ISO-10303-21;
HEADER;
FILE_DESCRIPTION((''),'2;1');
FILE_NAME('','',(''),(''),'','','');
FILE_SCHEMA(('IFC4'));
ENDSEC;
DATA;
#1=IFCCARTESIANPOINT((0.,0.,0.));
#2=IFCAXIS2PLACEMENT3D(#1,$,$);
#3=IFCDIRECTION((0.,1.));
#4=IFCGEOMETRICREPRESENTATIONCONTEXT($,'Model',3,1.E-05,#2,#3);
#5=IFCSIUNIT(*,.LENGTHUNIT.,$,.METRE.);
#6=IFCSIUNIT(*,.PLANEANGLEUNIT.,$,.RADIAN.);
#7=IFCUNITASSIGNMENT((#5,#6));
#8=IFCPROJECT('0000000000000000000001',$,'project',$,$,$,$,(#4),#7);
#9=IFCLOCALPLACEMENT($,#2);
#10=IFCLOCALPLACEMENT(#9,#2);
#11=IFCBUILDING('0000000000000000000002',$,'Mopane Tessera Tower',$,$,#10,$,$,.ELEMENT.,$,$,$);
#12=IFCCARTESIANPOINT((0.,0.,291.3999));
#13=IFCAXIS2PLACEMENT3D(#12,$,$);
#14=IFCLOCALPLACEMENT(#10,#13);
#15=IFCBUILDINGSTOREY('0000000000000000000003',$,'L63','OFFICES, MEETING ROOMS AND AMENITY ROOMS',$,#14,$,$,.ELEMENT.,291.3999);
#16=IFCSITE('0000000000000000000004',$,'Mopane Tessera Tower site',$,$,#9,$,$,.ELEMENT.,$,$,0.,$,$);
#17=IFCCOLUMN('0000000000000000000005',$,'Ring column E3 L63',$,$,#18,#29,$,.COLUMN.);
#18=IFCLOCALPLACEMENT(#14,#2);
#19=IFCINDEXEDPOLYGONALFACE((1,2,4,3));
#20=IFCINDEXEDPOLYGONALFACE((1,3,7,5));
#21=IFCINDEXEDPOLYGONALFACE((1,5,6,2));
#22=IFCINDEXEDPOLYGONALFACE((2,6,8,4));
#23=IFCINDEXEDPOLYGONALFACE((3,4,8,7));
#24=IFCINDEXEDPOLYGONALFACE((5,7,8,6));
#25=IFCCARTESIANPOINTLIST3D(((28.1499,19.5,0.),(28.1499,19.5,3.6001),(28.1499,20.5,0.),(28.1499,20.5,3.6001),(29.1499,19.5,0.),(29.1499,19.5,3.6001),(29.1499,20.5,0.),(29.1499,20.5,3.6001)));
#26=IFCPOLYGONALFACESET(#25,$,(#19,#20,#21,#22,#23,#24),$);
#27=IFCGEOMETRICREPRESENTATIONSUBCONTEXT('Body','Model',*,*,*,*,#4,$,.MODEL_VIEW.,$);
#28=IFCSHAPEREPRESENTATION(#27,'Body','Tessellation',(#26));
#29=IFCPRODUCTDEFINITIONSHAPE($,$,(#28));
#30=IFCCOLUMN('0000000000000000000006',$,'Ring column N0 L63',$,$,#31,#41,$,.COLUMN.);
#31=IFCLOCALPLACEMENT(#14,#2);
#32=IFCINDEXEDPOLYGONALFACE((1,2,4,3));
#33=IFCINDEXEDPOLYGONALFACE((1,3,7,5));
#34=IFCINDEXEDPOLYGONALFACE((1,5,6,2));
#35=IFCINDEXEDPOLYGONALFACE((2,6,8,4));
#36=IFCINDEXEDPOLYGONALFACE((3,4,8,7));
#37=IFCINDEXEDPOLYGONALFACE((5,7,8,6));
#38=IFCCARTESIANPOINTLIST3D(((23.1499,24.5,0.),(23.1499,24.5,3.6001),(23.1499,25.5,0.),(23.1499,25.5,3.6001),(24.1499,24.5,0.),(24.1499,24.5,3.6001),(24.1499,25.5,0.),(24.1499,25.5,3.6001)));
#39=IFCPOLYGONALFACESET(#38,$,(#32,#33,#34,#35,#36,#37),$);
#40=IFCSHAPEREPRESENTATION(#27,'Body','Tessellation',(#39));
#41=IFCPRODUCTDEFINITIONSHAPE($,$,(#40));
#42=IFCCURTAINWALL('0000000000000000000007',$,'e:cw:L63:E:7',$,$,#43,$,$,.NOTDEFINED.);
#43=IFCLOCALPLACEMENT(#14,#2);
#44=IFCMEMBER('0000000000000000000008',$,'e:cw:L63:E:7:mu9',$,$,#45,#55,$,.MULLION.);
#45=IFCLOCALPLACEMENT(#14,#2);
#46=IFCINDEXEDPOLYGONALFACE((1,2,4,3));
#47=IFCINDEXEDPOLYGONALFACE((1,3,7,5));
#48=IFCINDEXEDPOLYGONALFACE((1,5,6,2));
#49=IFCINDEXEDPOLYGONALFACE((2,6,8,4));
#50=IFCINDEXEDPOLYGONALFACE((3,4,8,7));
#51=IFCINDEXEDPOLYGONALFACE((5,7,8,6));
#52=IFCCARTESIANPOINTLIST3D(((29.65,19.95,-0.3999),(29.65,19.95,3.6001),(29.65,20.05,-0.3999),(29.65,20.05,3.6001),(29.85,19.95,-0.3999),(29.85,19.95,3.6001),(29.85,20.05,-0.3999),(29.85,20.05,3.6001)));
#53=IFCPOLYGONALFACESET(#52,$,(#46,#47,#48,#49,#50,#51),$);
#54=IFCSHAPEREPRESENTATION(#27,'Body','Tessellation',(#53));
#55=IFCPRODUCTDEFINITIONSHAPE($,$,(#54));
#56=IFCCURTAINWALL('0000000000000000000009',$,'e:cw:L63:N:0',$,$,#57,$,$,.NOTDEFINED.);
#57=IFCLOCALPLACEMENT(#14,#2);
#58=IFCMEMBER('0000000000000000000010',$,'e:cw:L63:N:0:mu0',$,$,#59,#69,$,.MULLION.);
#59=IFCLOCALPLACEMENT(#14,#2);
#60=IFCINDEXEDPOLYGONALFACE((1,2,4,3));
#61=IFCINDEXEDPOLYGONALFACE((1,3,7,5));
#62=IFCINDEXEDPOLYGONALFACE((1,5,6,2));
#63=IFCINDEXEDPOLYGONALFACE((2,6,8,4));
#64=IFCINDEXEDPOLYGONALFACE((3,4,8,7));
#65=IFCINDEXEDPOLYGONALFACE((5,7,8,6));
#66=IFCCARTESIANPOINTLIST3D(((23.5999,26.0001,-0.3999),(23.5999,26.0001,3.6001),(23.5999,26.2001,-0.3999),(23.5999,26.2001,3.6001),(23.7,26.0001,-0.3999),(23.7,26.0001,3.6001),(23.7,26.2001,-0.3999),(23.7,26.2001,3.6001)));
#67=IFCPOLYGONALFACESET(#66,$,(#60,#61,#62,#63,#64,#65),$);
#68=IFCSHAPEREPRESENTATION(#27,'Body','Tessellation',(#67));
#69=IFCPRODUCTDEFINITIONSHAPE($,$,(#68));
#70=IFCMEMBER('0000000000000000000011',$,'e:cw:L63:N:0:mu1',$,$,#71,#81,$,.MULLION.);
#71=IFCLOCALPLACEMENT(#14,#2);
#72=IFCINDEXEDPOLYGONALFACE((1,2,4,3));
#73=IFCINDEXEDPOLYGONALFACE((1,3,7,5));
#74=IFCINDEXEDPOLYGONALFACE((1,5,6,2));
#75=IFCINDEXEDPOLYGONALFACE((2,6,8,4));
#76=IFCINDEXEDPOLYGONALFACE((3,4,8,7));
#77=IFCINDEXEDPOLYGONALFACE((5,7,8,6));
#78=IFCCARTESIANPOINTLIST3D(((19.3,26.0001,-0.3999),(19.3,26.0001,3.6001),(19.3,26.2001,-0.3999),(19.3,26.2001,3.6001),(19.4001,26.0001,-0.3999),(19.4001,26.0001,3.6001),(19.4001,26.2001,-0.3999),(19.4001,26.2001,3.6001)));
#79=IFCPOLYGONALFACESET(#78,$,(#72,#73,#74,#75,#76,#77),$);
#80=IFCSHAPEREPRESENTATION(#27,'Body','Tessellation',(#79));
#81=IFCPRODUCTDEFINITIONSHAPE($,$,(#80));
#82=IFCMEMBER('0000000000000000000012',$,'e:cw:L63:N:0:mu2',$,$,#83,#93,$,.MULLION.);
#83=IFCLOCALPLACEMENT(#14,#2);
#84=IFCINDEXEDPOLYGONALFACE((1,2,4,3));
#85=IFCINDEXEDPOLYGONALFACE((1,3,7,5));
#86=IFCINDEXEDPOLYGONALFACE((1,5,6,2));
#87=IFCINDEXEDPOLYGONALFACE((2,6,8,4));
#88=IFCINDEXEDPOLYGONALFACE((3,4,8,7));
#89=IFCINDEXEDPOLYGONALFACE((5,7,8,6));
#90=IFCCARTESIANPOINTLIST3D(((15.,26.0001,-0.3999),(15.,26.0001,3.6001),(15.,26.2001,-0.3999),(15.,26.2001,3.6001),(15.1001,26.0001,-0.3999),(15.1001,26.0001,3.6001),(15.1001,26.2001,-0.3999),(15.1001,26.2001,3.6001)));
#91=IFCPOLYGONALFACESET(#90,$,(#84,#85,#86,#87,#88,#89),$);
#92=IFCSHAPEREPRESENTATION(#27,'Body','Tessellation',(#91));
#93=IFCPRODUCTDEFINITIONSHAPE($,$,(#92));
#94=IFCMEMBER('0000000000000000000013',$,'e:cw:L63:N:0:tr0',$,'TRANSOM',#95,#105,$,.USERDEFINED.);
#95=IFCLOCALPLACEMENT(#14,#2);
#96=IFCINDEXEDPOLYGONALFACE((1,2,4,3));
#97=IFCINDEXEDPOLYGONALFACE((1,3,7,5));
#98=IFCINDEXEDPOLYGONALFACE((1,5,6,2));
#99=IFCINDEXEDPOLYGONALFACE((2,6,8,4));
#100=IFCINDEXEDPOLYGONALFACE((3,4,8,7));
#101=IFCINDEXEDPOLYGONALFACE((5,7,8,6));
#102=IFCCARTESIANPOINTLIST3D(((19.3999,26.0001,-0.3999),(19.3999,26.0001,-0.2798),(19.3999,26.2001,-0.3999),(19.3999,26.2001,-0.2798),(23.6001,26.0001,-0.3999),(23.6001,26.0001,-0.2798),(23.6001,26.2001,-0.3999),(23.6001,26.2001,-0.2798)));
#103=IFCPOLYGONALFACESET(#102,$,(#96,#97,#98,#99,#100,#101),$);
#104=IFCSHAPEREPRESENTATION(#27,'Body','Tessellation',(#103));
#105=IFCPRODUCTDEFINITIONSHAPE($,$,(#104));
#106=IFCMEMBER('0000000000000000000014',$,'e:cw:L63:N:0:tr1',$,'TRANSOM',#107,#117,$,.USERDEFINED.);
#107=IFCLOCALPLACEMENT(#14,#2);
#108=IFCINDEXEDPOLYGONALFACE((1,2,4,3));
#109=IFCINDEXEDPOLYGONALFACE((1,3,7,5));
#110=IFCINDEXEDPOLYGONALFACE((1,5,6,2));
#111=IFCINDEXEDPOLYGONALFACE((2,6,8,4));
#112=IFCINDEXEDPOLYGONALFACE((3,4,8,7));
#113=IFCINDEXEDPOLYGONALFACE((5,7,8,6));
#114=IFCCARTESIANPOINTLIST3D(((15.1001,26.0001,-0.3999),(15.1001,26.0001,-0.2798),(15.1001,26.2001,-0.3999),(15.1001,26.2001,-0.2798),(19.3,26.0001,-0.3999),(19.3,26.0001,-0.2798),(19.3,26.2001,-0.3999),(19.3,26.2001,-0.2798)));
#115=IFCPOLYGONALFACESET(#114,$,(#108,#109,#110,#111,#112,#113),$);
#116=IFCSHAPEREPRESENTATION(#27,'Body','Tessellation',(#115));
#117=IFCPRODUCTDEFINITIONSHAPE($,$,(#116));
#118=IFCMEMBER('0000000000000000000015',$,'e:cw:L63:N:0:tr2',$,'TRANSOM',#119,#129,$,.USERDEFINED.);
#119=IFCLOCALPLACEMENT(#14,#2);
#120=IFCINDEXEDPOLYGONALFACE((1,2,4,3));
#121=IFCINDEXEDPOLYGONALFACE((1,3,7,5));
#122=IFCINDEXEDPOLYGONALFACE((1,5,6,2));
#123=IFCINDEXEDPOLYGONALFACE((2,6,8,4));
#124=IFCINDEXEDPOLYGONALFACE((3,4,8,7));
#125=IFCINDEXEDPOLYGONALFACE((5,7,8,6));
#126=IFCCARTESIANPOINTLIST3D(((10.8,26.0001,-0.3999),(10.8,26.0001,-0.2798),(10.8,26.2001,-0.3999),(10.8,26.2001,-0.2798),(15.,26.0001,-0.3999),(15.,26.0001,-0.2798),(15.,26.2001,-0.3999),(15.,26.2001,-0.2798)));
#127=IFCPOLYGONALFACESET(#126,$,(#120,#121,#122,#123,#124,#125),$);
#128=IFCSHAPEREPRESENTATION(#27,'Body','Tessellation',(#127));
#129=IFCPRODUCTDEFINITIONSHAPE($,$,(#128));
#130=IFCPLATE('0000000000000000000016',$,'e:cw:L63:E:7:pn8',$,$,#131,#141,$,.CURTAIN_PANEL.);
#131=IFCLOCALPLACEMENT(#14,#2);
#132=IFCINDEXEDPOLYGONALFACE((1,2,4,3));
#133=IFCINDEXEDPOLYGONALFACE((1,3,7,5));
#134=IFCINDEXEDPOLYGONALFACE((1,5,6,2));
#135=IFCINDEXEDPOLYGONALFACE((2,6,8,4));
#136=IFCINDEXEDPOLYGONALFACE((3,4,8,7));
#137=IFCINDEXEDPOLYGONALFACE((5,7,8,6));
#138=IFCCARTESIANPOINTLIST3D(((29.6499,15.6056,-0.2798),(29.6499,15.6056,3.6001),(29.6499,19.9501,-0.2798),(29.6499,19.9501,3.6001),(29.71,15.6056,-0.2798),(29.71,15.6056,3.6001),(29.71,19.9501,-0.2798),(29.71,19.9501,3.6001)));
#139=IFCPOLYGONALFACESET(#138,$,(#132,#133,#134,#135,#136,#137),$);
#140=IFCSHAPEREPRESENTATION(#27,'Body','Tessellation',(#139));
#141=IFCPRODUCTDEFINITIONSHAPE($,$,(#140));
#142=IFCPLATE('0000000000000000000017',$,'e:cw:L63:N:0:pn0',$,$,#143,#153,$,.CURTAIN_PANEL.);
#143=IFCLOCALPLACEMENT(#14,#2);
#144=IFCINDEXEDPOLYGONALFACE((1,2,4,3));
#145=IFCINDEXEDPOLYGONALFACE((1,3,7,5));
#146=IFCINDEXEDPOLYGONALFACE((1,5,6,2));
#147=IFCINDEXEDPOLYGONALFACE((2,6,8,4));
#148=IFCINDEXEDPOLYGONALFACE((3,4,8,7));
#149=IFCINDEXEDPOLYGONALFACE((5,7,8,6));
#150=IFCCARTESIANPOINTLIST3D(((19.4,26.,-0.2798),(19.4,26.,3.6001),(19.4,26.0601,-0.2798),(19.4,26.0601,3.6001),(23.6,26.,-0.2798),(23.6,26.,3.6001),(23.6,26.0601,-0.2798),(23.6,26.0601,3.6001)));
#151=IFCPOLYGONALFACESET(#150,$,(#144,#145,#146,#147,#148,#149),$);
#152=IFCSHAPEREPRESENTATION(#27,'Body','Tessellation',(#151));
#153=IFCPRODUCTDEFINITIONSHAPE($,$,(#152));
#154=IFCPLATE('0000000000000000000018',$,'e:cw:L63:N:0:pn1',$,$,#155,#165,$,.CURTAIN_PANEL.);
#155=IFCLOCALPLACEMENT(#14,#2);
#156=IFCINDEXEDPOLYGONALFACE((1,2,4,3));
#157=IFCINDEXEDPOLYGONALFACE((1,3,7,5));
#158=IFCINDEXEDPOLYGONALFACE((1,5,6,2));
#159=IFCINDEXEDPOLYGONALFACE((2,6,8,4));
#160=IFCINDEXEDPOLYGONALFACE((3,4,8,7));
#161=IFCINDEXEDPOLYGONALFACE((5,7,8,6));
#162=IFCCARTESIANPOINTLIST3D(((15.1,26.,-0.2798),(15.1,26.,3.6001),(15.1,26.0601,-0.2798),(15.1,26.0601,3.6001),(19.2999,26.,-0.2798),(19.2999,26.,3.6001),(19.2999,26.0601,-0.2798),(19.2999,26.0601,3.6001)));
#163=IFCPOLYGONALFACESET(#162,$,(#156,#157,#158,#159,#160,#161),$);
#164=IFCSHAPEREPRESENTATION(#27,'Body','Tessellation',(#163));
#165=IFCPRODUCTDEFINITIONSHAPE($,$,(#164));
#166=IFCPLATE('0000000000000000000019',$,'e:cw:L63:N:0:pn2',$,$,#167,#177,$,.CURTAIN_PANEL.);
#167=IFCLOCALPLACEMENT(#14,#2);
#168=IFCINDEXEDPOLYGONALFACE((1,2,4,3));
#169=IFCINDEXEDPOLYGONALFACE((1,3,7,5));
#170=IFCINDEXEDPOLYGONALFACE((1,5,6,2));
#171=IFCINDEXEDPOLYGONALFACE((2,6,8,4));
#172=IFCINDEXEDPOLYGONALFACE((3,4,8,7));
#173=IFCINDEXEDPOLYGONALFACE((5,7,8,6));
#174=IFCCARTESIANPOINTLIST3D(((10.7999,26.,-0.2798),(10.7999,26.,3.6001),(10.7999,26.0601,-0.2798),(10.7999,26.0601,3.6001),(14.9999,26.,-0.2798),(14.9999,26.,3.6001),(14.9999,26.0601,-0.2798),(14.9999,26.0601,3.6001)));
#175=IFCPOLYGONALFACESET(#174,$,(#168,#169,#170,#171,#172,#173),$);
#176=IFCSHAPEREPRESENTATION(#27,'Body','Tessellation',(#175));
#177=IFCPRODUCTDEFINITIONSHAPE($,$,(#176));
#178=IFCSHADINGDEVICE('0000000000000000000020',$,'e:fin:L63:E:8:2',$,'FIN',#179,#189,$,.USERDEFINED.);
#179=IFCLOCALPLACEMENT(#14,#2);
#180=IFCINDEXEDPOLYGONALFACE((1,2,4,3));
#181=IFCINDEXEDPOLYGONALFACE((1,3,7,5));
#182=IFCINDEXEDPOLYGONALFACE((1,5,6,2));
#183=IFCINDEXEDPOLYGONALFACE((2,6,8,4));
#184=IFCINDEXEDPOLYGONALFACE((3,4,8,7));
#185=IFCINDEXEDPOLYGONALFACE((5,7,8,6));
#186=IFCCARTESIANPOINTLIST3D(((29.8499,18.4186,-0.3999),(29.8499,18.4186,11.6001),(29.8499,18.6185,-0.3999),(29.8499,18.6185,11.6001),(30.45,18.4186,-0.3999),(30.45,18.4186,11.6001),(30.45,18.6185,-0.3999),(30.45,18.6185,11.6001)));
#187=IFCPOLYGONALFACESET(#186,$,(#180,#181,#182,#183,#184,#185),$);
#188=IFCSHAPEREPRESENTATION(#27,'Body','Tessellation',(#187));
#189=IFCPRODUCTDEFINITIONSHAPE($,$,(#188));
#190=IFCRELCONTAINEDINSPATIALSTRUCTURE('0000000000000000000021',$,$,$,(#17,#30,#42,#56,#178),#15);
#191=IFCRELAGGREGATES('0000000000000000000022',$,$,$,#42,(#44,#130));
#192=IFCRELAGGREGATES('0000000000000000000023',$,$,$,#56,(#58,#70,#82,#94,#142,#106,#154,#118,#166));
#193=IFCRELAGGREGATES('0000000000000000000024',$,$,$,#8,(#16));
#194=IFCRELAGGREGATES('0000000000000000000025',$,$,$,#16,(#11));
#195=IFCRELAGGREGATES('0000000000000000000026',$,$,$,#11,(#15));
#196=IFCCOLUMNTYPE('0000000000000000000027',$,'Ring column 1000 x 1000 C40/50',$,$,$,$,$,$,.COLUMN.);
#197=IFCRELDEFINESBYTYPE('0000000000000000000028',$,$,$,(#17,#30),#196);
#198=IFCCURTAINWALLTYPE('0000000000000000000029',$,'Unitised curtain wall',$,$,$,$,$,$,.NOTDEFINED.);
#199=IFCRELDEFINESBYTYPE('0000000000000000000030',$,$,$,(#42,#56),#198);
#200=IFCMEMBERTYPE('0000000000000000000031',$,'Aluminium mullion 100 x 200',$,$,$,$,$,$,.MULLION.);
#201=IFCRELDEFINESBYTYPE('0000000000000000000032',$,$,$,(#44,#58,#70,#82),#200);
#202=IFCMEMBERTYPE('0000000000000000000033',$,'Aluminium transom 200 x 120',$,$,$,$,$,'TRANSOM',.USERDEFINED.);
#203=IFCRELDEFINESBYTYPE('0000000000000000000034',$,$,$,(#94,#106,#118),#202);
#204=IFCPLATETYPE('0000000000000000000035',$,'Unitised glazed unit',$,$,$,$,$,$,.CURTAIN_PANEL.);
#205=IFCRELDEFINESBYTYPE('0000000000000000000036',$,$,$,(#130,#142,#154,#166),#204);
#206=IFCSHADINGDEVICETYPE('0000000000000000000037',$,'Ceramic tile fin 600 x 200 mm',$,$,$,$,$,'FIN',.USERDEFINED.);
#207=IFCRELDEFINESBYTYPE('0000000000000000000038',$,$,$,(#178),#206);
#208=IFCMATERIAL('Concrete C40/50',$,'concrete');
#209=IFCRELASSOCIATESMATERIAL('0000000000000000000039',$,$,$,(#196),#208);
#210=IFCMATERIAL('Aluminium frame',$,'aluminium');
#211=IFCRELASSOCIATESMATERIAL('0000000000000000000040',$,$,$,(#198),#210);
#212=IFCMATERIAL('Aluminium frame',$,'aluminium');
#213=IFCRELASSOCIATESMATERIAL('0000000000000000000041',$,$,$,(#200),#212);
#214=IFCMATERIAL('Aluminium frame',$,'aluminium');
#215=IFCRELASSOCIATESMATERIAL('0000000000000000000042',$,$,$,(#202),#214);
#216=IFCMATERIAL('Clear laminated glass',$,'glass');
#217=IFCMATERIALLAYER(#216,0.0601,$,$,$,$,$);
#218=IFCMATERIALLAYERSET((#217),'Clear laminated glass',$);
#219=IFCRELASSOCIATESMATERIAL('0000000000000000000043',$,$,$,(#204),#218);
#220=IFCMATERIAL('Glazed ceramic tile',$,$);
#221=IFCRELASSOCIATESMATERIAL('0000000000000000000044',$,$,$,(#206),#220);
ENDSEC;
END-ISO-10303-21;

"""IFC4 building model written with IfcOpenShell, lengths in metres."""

from ifc_helpers import new_model, si_unit, direction, frame, origin, origin_2d, place, context, subcontext, project, spatial, rectangle, extrude, material, layer, layer_set, material_profile, profile_set, type_object, element, aggregate, save


model = new_model("IFC4")

# Units and contexts
model_context = context("Model", 3, precision=1e-05, world=origin(), true_north=direction((0.0, 1.0)))
body_context = subcontext(model_context, "Body", "Model", "MODEL_VIEW")
ifc_project = project(units=[si_unit("LENGTHUNIT", "METRE"), si_unit("PLANEANGLEUNIT", "RADIAN")], contexts=[model_context])

# Site, building, storey
site_placement = place(None, origin())
site = spatial("IfcSite", under=ifc_project, at=site_placement, Name="Mopane Tessera Tower site", CompositionType="ELEMENT", RefElevation=0.0)
building_placement = place(site_placement, origin())
building = spatial("IfcBuilding", under=site, at=building_placement, Name="Mopane Tessera Tower", CompositionType="ELEMENT")
storey_placement = place(building_placement, frame((0.0, 0.0, 291.3999)))
storey = spatial("IfcBuildingStorey", under=building, at=storey_placement, Name="L63", Description="OFFICES, MEETING ROOMS AND AMENITY ROOMS", CompositionType="ELEMENT", Elevation=291.3999)

# Columns
ifc_material_1 = material(Name="Concrete C40/50", Category="concrete")
ifc_material_profile_1 = material_profile(ifc_material_1, rectangle(XDim=1.0, YDim=1.0, at=origin_2d()))
ifc_profile_set_1 = profile_set([ifc_material_profile_1], Name="Concrete C40/50")
column_type = type_object("IfcColumnType", Name="Ring column 1000 x 1000 C40/50", PredefinedType="COLUMN", material=ifc_profile_set_1)
for number, where, z_axis, x_axis, name in (
    (1, (28.6499, 20.0, 0.0), (0.0, 0.0, 1.0), (1.0, 0.0, 0.0), "Ring column E3 L63"),
    (2, (23.6499, 25.0, 0.0), (0.0, 0.0, 1.0), (1.0, 0.0, 0.0), "Ring column N0 L63"),
):
    element("IfcColumn", number, at=place(storey_placement, frame(where, z_axis=z_axis, x_axis=x_axis)), inside=storey, type_object=column_type, Name=name, PredefinedType="COLUMN", context=body_context, shape_type="SweptSolid", body=[
        extrude(rectangle(XDim=1.0, YDim=1.0, at=origin_2d()), origin(), (0.0, 0.0, 1.0), 3.6001),
    ])

# Curtain wall, member
ifc_material_2 = material(Name="Aluminium frame", Category="aluminium")
curtain_wall_type = type_object("IfcCurtainWallType", Name="Unitised curtain wall", PredefinedType="NOTDEFINED", material=ifc_material_2)
curtain_wall_1_placement = place(storey_placement, origin())
curtain_wall_1 = element("IfcCurtainWall", 3, at=curtain_wall_1_placement, inside=storey, type_object=curtain_wall_type, Name="e:cw:L63:E:7", PredefinedType="NOTDEFINED")
ifc_material_3 = material(Name="Aluminium frame", Category="aluminium")
ifc_material_profile_2 = material_profile(ifc_material_3, rectangle(XDim=0.1001, YDim=0.2, at=origin_2d()))
ifc_profile_set_2 = profile_set([ifc_material_profile_2], Name="Aluminium frame")
member_type_1 = type_object("IfcMemberType", Name="Aluminium mullion 100 x 200", PredefinedType="MULLION", material=ifc_profile_set_2)
member_1_placement = place(storey_placement, frame((29.75, 20.0, -0.3999), z_axis=(0.0, 0.0, 1.0), x_axis=(0.0, 1.0, 0.0)))
member_1 = element("IfcMember", 4, at=member_1_placement, type_object=member_type_1, Name="e:cw:L63:E:7:mu9", PredefinedType="MULLION", context=body_context, shape_type="SweptSolid", body=[
    extrude(rectangle(XDim=0.1001, YDim=0.2, at=origin_2d()), origin(), (0.0, 0.0, 1.0), 4.0),
])

# Curtain wall, members
curtain_wall_2_placement = place(storey_placement, origin())
curtain_wall_2 = element("IfcCurtainWall", 5, at=curtain_wall_2_placement, inside=storey, type_object=curtain_wall_type, Name="e:cw:L63:N:0", PredefinedType="NOTDEFINED")
member_2_placement = place(storey_placement, frame((23.6499, 26.1001, -0.3999), z_axis=(0.0, 0.0, 1.0), x_axis=(-1.0, 0.0, 0.0)))
member_2 = element("IfcMember", 6, at=member_2_placement, type_object=member_type_1, Name="e:cw:L63:N:0:mu0", PredefinedType="MULLION", context=body_context, shape_type="SweptSolid", body=[
    extrude(rectangle(XDim=0.1001, YDim=0.2, at=origin_2d()), origin(), (0.0, 0.0, 1.0), 4.0),
])
member_3_placement = place(storey_placement, frame((19.3501, 26.1001, -0.3999), z_axis=(0.0, 0.0, 1.0), x_axis=(-1.0, 0.0, 0.0)))
member_3 = element("IfcMember", 7, at=member_3_placement, type_object=member_type_1, Name="e:cw:L63:N:0:mu1", PredefinedType="MULLION", context=body_context, shape_type="SweptSolid", body=[
    extrude(rectangle(XDim=0.1001, YDim=0.2, at=origin_2d()), origin(), (0.0, 0.0, 1.0), 4.0),
])
member_4_placement = place(storey_placement, frame((15.05, 26.1001, -0.3999), z_axis=(0.0, 0.0, 1.0), x_axis=(-1.0, 0.0, 0.0)))
member_4 = element("IfcMember", 8, at=member_4_placement, type_object=member_type_1, Name="e:cw:L63:N:0:mu2", PredefinedType="MULLION", context=body_context, shape_type="SweptSolid", body=[
    extrude(rectangle(XDim=0.1001, YDim=0.2, at=origin_2d()), origin(), (0.0, 0.0, 1.0), 4.0),
])
ifc_material_4 = material(Name="Aluminium frame", Category="aluminium")
ifc_material_profile_3 = material_profile(ifc_material_4, rectangle(XDim=0.2, YDim=0.1201, at=origin_2d()))
ifc_profile_set_3 = profile_set([ifc_material_profile_3], Name="Aluminium frame")
member_type_2 = type_object("IfcMemberType", Name="Aluminium transom 200 x 120", ElementType="TRANSOM", PredefinedType="USERDEFINED", material=ifc_profile_set_3)
member_5_placement = place(storey_placement, frame((23.6001, 26.1001, -0.3398), z_axis=(-1.0, 0.0, 0.0), x_axis=(0.0, -1.0, 0.0)))
member_5 = element("IfcMember", 9, at=member_5_placement, type_object=member_type_2, Name="e:cw:L63:N:0:tr0", ObjectType="TRANSOM", PredefinedType="USERDEFINED", context=body_context, shape_type="SweptSolid", body=[
    extrude(rectangle(XDim=0.2, YDim=0.1201, at=origin_2d()), origin(), (0.0, 0.0, 1.0), 4.2002),
])
member_6_placement = place(storey_placement, frame((19.3, 26.1001, -0.3398), z_axis=(-1.0, 0.0, 0.0), x_axis=(0.0, -1.0, 0.0)))
member_6 = element("IfcMember", 10, at=member_6_placement, type_object=member_type_2, Name="e:cw:L63:N:0:tr1", ObjectType="TRANSOM", PredefinedType="USERDEFINED", context=body_context, shape_type="SweptSolid", body=[
    extrude(rectangle(XDim=0.2, YDim=0.1201, at=origin_2d()), origin(), (0.0, 0.0, 1.0), 4.2),
])
member_7_placement = place(storey_placement, frame((15.0, 26.1001, -0.3398), z_axis=(-1.0, 0.0, 0.0), x_axis=(0.0, -1.0, 0.0)))
member_7 = element("IfcMember", 11, at=member_7_placement, type_object=member_type_2, Name="e:cw:L63:N:0:tr2", ObjectType="TRANSOM", PredefinedType="USERDEFINED", context=body_context, shape_type="SweptSolid", body=[
    extrude(rectangle(XDim=0.2, YDim=0.1201, at=origin_2d()), origin(), (0.0, 0.0, 1.0), 4.2),
])

# Plates
ifc_material_5 = material(Name="Clear laminated glass", Category="glass")
ifc_layer = layer(ifc_material_5, 0.0601)
ifc_layer_set = layer_set([ifc_layer], Name="Clear laminated glass")
plate_type = type_object("IfcPlateType", Name="Unitised glazed unit", PredefinedType="CURTAIN_PANEL", material=ifc_layer_set)
plate_1_placement = place(storey_placement, frame((29.6799, 17.7778, -0.2798), z_axis=(0.0, 0.0, 1.0), x_axis=(0.0, 1.0, 0.0)))
plate_1 = element("IfcPlate", 12, at=plate_1_placement, type_object=plate_type, Name="e:cw:L63:E:7:pn8", PredefinedType="CURTAIN_PANEL", context=body_context, shape_type="SweptSolid", body=[
    extrude(rectangle(XDim=4.3445, YDim=0.0601, at=origin_2d()), origin(), (0.0, 0.0, 1.0), 3.8799),
])
aggregate(curtain_wall_1, [member_1, plate_1])
plate_2_placement = place(storey_placement, frame((21.5, 26.03, -0.2798), z_axis=(0.0, 0.0, 1.0), x_axis=(-1.0, 0.0, 0.0)))
plate_2 = element("IfcPlate", 13, at=plate_2_placement, type_object=plate_type, Name="e:cw:L63:N:0:pn0", PredefinedType="CURTAIN_PANEL", context=body_context, shape_type="SweptSolid", body=[
    extrude(rectangle(XDim=4.2, YDim=0.0601, at=origin_2d()), origin(), (0.0, 0.0, 1.0), 3.8799),
])
plate_3_placement = place(storey_placement, frame((17.2, 26.03, -0.2798), z_axis=(0.0, 0.0, 1.0), x_axis=(-1.0, 0.0, 0.0)))
plate_3 = element("IfcPlate", 14, at=plate_3_placement, type_object=plate_type, Name="e:cw:L63:N:0:pn1", PredefinedType="CURTAIN_PANEL", context=body_context, shape_type="SweptSolid", body=[
    extrude(rectangle(XDim=4.2, YDim=0.0601, at=origin_2d()), origin(), (0.0, 0.0, 1.0), 3.8799),
])
plate_4_placement = place(storey_placement, frame((12.8999, 26.03, -0.2798), z_axis=(0.0, 0.0, 1.0), x_axis=(-1.0, 0.0, 0.0)))
plate_4 = element("IfcPlate", 15, at=plate_4_placement, type_object=plate_type, Name="e:cw:L63:N:0:pn2", PredefinedType="CURTAIN_PANEL", context=body_context, shape_type="SweptSolid", body=[
    extrude(rectangle(XDim=4.2, YDim=0.0601, at=origin_2d()), origin(), (0.0, 0.0, 1.0), 3.8799),
])
aggregate(curtain_wall_2, [member_2, member_3, member_4, member_5, plate_2, member_6, plate_3, member_7, plate_4])

# Shading device
ifc_material_6 = material(Name="Glazed ceramic tile")
shading_device_type = type_object("IfcShadingDeviceType", Name="Ceramic tile fin 600 x 200 mm", ElementType="FIN", PredefinedType="USERDEFINED", material=ifc_material_6)
for number, where, z_axis, x_axis, name in (
    (16, (30.1499, 18.5186, -0.3999), (0.0, 0.0, 1.0), (0.0, 1.0, 0.0), "e:fin:L63:E:8:2"),
):
    element("IfcShadingDevice", number, at=place(storey_placement, frame(where, z_axis=z_axis, x_axis=x_axis)), inside=storey, type_object=shading_device_type, Name=name, ObjectType="FIN", PredefinedType="USERDEFINED", context=body_context, shape_type="SweptSolid", body=[
        extrude(rectangle(XDim=0.2, YDim=0.6001, at=origin_2d()), origin(), (0.0, 0.0, 1.0), 12.0),
    ])

save(model, "model.ifc")
